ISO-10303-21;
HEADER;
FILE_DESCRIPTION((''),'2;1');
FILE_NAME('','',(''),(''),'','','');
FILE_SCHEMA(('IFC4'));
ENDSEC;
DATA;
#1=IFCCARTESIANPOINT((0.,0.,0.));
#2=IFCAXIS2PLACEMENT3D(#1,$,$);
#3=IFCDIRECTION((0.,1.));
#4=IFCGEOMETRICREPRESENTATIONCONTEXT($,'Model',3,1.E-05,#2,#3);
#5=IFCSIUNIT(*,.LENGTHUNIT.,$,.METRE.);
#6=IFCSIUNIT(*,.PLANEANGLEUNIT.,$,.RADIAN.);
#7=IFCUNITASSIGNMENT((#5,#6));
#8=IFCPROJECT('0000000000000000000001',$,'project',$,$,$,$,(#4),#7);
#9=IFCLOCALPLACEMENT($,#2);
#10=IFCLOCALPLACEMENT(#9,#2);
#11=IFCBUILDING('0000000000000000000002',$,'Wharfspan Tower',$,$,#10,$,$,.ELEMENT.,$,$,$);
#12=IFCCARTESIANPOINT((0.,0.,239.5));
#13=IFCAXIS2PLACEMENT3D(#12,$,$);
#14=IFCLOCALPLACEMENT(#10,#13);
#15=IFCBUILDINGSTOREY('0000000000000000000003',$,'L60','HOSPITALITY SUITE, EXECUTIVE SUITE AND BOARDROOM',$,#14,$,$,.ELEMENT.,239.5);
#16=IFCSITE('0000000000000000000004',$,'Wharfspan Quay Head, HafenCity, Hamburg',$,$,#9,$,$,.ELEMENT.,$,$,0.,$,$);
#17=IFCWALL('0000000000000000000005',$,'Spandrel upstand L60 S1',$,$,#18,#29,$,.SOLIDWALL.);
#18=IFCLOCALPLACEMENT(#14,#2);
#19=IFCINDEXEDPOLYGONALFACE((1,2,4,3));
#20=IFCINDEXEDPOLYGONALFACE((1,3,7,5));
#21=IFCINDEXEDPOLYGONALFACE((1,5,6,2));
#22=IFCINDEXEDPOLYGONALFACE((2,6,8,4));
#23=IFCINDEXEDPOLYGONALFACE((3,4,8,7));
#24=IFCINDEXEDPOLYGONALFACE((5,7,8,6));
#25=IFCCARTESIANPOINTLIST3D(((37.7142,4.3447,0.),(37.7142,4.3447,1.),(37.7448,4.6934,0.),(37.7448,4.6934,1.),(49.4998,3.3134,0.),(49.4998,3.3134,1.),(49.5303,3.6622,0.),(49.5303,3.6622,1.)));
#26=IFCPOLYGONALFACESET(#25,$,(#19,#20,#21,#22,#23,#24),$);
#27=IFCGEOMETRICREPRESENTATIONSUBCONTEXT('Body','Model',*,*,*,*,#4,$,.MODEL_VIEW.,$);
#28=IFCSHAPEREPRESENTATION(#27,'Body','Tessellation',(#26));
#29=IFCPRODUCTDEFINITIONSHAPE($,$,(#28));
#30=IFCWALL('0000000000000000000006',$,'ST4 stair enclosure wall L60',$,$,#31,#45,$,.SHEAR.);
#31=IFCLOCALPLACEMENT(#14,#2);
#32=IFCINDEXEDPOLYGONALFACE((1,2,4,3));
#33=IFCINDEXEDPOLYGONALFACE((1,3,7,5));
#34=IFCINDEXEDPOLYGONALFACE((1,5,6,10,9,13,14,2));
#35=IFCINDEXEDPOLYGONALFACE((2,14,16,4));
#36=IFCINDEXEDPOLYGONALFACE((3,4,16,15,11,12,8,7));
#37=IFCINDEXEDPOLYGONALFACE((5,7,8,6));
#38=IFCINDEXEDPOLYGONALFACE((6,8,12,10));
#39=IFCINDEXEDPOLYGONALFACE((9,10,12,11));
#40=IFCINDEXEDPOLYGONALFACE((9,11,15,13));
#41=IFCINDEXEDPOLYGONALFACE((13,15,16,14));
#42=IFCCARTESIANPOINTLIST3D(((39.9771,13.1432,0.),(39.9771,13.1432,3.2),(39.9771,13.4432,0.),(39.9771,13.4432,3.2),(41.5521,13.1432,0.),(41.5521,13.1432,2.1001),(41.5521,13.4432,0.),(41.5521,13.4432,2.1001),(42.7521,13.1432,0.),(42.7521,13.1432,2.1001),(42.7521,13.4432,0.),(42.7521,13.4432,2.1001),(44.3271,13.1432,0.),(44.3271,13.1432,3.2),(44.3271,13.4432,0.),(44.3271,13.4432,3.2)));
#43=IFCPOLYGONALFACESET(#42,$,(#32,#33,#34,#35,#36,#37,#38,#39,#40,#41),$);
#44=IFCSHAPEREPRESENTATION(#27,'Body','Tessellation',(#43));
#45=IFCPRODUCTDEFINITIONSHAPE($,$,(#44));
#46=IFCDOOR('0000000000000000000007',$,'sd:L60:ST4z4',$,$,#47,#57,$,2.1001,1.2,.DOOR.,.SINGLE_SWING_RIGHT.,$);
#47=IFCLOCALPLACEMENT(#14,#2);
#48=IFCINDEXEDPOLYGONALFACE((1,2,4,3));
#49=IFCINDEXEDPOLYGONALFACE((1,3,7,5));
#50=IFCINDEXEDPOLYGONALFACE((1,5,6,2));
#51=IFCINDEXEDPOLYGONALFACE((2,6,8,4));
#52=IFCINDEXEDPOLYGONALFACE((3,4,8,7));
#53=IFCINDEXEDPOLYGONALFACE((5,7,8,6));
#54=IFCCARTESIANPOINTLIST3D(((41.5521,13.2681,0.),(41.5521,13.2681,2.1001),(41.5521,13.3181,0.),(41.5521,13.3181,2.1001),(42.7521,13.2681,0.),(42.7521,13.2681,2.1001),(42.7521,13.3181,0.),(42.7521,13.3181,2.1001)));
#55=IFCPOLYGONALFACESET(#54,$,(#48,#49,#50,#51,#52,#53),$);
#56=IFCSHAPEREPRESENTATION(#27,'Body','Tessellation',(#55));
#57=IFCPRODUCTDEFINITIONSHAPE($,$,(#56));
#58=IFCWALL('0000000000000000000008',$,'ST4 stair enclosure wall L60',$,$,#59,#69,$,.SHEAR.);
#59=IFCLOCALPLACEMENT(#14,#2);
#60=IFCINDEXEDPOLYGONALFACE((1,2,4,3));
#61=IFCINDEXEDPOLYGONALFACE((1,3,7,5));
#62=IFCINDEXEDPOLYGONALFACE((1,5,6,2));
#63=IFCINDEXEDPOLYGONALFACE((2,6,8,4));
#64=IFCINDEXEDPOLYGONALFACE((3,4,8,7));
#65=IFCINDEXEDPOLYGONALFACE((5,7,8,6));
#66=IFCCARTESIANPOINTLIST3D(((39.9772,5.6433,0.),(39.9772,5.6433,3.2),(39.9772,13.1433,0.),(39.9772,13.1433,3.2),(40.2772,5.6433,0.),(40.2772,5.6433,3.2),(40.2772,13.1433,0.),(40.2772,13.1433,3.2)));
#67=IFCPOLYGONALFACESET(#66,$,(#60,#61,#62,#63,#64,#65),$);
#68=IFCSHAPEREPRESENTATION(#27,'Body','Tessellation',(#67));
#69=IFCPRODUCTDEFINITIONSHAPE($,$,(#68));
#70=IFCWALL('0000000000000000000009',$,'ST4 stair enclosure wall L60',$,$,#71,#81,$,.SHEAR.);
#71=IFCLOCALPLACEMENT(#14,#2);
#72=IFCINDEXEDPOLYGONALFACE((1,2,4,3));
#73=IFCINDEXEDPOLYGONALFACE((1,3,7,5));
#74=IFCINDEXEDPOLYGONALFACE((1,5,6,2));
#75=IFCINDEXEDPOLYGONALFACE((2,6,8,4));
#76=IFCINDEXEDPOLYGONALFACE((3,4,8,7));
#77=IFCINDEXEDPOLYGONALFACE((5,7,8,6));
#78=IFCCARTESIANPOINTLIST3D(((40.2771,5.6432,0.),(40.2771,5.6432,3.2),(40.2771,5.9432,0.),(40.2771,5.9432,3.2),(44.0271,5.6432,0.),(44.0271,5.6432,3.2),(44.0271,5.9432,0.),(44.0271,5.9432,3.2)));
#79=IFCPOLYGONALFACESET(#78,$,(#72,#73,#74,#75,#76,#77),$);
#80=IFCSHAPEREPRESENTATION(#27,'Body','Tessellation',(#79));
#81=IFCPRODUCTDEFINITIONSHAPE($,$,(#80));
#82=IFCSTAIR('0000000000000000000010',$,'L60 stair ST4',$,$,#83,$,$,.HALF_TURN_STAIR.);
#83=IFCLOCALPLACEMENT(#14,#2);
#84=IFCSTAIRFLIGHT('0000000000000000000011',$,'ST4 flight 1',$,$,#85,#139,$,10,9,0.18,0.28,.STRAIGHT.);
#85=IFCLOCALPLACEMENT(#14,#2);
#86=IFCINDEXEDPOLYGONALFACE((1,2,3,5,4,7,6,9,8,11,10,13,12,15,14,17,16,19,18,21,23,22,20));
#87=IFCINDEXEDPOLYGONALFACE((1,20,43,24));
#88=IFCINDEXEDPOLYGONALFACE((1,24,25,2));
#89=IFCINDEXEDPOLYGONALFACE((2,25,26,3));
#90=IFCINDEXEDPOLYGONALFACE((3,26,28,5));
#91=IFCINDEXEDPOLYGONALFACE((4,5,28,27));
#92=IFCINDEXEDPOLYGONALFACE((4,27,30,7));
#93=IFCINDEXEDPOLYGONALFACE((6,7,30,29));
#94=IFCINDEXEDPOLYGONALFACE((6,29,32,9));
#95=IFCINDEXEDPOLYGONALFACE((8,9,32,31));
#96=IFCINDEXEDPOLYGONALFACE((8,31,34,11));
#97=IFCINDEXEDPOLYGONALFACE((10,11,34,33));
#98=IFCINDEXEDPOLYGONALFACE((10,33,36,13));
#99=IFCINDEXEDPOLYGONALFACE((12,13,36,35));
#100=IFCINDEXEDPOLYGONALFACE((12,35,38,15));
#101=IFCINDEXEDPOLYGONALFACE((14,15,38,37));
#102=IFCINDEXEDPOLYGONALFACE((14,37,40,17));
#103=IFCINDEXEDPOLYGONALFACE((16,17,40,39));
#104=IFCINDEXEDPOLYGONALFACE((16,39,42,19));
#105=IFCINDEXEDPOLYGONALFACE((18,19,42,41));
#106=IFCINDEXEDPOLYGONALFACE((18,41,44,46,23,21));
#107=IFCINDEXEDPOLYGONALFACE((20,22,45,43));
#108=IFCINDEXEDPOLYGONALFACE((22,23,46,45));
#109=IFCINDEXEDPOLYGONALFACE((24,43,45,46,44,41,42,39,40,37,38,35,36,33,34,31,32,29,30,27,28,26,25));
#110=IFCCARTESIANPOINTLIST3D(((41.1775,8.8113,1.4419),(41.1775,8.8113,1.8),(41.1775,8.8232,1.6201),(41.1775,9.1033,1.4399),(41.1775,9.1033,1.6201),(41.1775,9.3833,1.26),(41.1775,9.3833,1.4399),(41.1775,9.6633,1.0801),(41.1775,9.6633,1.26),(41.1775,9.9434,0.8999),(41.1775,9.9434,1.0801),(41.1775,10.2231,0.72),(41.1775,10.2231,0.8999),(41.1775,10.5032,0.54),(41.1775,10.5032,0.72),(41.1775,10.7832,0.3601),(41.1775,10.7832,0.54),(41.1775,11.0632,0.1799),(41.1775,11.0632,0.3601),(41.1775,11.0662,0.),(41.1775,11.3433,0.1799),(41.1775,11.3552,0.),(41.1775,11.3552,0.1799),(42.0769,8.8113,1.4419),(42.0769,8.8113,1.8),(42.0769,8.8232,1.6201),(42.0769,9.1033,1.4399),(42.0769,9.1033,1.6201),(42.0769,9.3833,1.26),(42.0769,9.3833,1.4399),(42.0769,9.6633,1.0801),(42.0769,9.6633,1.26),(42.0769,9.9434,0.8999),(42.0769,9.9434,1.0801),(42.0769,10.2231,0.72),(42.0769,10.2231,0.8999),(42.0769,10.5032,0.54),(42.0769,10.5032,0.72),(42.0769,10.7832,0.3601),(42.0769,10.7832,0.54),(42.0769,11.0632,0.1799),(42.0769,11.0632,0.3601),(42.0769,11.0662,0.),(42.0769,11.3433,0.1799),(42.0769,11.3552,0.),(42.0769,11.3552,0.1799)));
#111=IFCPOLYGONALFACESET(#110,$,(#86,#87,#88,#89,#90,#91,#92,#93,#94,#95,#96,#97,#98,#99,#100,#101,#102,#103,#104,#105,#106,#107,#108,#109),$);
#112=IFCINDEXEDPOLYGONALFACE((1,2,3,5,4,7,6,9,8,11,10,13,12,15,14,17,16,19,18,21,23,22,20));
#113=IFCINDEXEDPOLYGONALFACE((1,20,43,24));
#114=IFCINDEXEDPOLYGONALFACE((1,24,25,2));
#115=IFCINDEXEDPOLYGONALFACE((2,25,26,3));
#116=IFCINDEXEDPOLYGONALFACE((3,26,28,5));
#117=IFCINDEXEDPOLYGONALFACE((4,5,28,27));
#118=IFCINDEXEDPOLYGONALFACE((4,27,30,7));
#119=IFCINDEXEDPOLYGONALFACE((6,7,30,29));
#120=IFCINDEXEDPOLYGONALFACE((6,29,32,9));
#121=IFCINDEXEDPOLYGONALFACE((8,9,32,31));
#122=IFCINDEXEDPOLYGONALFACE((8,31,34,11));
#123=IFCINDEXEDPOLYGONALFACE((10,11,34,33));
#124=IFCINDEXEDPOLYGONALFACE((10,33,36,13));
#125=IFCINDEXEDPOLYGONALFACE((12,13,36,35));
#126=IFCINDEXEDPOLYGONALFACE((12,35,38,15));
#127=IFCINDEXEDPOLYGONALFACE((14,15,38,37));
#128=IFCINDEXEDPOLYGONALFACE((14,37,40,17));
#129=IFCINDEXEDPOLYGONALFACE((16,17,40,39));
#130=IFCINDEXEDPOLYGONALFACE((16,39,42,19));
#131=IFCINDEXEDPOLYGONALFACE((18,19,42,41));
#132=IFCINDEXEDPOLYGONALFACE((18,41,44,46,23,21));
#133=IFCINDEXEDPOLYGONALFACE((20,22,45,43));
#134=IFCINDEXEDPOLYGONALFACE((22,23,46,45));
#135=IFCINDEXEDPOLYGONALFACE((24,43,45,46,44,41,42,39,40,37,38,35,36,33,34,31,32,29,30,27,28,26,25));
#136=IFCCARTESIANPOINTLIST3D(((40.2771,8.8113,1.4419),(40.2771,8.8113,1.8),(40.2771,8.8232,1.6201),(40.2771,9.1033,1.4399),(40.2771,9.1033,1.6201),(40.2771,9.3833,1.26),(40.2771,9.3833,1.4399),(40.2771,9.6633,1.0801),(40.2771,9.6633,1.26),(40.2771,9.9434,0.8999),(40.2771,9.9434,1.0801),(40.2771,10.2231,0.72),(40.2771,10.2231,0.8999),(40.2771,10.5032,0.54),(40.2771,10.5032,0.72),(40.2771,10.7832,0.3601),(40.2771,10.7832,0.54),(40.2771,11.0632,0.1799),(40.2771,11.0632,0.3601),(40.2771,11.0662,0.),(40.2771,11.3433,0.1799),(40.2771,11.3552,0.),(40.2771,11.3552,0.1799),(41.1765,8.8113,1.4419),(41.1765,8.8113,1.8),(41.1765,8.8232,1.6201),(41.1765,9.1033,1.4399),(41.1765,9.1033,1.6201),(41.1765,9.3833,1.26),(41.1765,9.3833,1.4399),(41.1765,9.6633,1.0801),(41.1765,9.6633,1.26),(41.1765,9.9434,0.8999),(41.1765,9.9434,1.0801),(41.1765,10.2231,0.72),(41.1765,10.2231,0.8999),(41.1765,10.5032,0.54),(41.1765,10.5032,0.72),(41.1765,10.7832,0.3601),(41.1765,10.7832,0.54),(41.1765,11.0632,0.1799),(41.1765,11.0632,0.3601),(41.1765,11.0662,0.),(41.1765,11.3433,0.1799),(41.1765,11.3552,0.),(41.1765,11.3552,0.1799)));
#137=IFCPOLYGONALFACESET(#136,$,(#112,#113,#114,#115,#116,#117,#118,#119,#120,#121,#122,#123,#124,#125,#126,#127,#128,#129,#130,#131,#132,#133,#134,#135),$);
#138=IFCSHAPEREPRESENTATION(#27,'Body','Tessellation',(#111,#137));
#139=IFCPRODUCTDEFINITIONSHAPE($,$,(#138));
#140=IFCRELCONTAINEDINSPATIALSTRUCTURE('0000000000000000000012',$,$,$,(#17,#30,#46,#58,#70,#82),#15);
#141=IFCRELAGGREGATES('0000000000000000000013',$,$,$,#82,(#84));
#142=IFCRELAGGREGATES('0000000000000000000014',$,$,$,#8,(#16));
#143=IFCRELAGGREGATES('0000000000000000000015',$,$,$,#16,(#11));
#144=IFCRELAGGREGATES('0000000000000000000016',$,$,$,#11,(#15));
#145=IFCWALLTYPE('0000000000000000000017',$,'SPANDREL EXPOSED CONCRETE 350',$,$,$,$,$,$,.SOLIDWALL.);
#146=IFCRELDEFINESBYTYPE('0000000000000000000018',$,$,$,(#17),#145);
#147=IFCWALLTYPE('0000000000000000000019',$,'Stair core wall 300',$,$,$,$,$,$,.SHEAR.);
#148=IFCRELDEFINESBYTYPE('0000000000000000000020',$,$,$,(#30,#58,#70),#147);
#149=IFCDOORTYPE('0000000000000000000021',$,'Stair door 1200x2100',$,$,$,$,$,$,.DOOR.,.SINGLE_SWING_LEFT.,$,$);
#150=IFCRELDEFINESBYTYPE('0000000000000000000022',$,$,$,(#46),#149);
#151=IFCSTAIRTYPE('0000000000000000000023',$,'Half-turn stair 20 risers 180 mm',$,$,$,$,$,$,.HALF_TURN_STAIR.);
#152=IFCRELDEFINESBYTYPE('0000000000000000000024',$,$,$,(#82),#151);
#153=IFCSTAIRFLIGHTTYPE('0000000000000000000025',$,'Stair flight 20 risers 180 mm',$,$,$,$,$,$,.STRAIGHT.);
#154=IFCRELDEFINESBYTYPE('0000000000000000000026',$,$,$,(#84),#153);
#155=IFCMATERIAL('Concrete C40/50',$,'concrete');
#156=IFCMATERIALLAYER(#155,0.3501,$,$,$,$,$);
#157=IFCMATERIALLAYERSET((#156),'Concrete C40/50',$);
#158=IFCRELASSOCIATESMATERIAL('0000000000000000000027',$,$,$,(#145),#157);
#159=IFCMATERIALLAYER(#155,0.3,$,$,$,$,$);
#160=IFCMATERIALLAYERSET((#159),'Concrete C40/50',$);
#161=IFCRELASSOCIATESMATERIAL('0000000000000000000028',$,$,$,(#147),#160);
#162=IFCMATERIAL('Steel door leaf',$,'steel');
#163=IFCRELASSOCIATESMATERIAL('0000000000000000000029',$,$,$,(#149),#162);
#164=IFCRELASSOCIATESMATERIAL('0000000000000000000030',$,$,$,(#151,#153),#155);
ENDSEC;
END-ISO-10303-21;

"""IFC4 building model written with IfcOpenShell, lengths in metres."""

from ifc_helpers import new_model, si_unit, direction, frame, frame_2d, origin, place, context, subcontext, project, spatial, polyline, rectangle, outline, extrude, material, layer, layer_set, type_object, element, fill, aggregate, save


model = new_model("IFC4")

# Units and contexts
model_context = context("Model", 3, precision=1e-05, world=origin(), true_north=direction((0.0, 1.0)))
body_context = subcontext(model_context, "Body", "Model", "MODEL_VIEW")
ifc_project = project(units=[si_unit("LENGTHUNIT", "METRE"), si_unit("PLANEANGLEUNIT", "RADIAN")], contexts=[model_context])

# Site, building, storey
site_placement = place(None, origin())
site = spatial("IfcSite", under=ifc_project, at=site_placement, Name="Wharfspan Quay Head, HafenCity, Hamburg", CompositionType="ELEMENT", RefElevation=0.0)
building_placement = place(site_placement, origin())
building = spatial("IfcBuilding", under=site, at=building_placement, Name="Wharfspan Tower", CompositionType="ELEMENT")
storey_placement = place(building_placement, frame((0.0, 0.0, 239.5)))
storey = spatial("IfcBuildingStorey", under=building, at=storey_placement, Name="L60", Description="HOSPITALITY SUITE, EXECUTIVE SUITE AND BOARDROOM", CompositionType="ELEMENT", Elevation=239.5)

# Wall
ifc_material_1 = material(Name="Concrete C40/50", Category="concrete")
ifc_layer_1 = layer(ifc_material_1, 0.3501)
ifc_layer_set_1 = layer_set([ifc_layer_1], Name="Concrete C40/50")
wall_type_1 = type_object("IfcWallType", Name="SPANDREL EXPOSED CONCRETE 350", PredefinedType="SOLIDWALL", material=ifc_layer_set_1)
wall_1_placement = place(storey_placement, frame((37.7295, 4.519, 0.0), z_axis=(0.0, 0.0, 1.0), x_axis=(0.99619, -0.087167, 0.0)))
element("IfcWall", 1, at=wall_1_placement, inside=storey, type_object=wall_type_1, Name="Spandrel upstand L60 S1", PredefinedType="SOLIDWALL", context=body_context, shape_type="SweptSolid", body=[
    extrude(rectangle(XDim=11.8306, YDim=0.3501, at=frame_2d((5.9153, 0.0))), origin(), (0.0, 0.0, 1.0), 1.0),
])

# Wall, opening, door
ifc_layer_2 = layer(ifc_material_1, 0.3)
ifc_layer_set_2 = layer_set([ifc_layer_2], Name="Concrete C40/50")
wall_type_2 = type_object("IfcWallType", Name="Stair core wall 300", PredefinedType="SHEAR", material=ifc_layer_set_2)
wall_2_placement = place(storey_placement, frame((39.9771, 13.2932, 0.0), z_axis=(0.0, 0.0, 1.0), x_axis=(1.0, 0.0, 0.0)))
wall_2 = element("IfcWall", 2, at=wall_2_placement, inside=storey, type_object=wall_type_2, Name="ST4 stair enclosure wall L60", PredefinedType="SHEAR", context=body_context, shape_type="SweptSolid", body=[
    extrude(rectangle(XDim=4.3501, YDim=0.3, at=frame_2d((2.175, 0.0))), origin(), (0.0, 0.0, 1.0), 3.2),
])
opening_1_placement = place(wall_2_placement, frame((1.575, 0.0, 0.0)))
opening_1 = element("IfcOpeningElement", 3, at=opening_1_placement, cuts=wall_2, PredefinedType="OPENING", context=body_context, shape_type="SweptSolid", body=[
    extrude(rectangle(XDim=1.2, YDim=2.1001, at=frame_2d((0.6001, 1.05))), frame((0.0, 0.1599, 0.0), z_axis=(0.0, -1.0, 0.0), x_axis=(1.0, 0.0, 0.0)), (0.0, 0.0, 1.0), 0.3201),
])
ifc_material_2 = material(Name="Steel door leaf", Category="steel")
door_type_1 = type_object("IfcDoorType", Name="Stair door 1200x2100", OperationType="SINGLE_SWING_LEFT", PredefinedType="DOOR", material=ifc_material_2)
door_1_placement = place(opening_1_placement, origin())
door_1 = element("IfcDoor", 4, at=door_1_placement, inside=storey, type_object=door_type_1, Name="sd:L60:ST4z4", OperationType="SINGLE_SWING_RIGHT", OverallHeight=2.1001, OverallWidth=1.2, PredefinedType="DOOR", context=body_context, shape_type="SweptSolid", body=[
    extrude(rectangle(XDim=1.2, YDim=2.1001, at=frame_2d((0.6001, 1.05))), frame((0.0, 0.0249, 0.0), z_axis=(0.0, -1.0, 0.0), x_axis=(1.0, 0.0, 0.0)), (0.0, 0.0, 1.0), 0.05),
])
fill(opening_1, door_1)

# Walls
wall_3_placement = place(storey_placement, frame((40.1272, 5.6433, 0.0), z_axis=(0.0, 0.0, 1.0), x_axis=(0.0, 1.0, 0.0)))
element("IfcWall", 5, at=wall_3_placement, inside=storey, type_object=wall_type_2, Name="ST4 stair enclosure wall L60", PredefinedType="SHEAR", context=body_context, shape_type="SweptSolid", body=[
    extrude(rectangle(XDim=7.5, YDim=0.3, at=frame_2d((3.75, 0.0))), origin(), (0.0, 0.0, 1.0), 3.2),
])
wall_4_placement = place(storey_placement, frame((40.2771, 5.7932, 0.0), z_axis=(0.0, 0.0, 1.0), x_axis=(1.0, 0.0, 0.0)))
element("IfcWall", 6, at=wall_4_placement, inside=storey, type_object=wall_type_2, Name="ST4 stair enclosure wall L60", PredefinedType="SHEAR", context=body_context, shape_type="SweptSolid", body=[
    extrude(rectangle(XDim=3.75, YDim=0.3, at=frame_2d((1.875, 0.0))), origin(), (0.0, 0.0, 1.0), 3.2),
])

# Stair, stair flight
stair_type = type_object("IfcStairType", Name="Half-turn stair 20 risers 180 mm", PredefinedType="HALF_TURN_STAIR", material=ifc_material_1)
stair_placement = place(storey_placement, origin())
stair = element("IfcStair", 7, at=stair_placement, inside=storey, type_object=stair_type, Name="L60 stair ST4", PredefinedType="HALF_TURN_STAIR")
stair_flight_type = type_object("IfcStairFlightType", Name="Stair flight 20 risers 180 mm", PredefinedType="STRAIGHT", material=ifc_material_1)
stair_flight_placement = place(storey_placement, frame((41.177, 11.3433, 0.0), z_axis=(0.0, 0.0, 1.0), x_axis=(0.0, -1.0, 0.0)))
stair_flight = element("IfcStairFlight", 8, at=stair_flight_placement, type_object=stair_flight_type, Name="ST4 flight 1", NumberOfRisers=10, NumberOfTreads=9, PredefinedType="STRAIGHT", RiserHeight=0.18, TreadLength=0.28, context=body_context, shape_type="SweptSolid", body=[
    extrude(outline(polyline([(-0.012, 0.0), (-0.012, 0.1799), (0.0, 0.1799), (0.28, 0.1799), (0.28, 0.3601), (0.5601, 0.3601), (0.5601, 0.54), (0.8401, 0.54), (0.8401, 0.72), (1.1201, 0.72), (1.1201, 0.8999), (1.3999, 0.8999), (1.3999, 1.0801), (1.6799, 1.0801), (1.6799, 1.26), (1.96, 1.26), (1.96, 1.4399), (2.24, 1.4399), (2.24, 1.6201), (2.52, 1.6201), (2.532, 1.8), (2.532, 1.4419), (0.2771, 0.0), (-0.012, 0.0)])), frame((0.0, 0.8999, 0.0), z_axis=(0.0, -1.0, 0.0), x_axis=(1.0, 0.0, 0.0)), (0.0, 0.0, 1.0), 0.8994),
    extrude(outline(polyline([(-0.012, 0.0), (-0.012, 0.1799), (0.0, 0.1799), (0.28, 0.1799), (0.28, 0.3601), (0.5601, 0.3601), (0.5601, 0.54), (0.8401, 0.54), (0.8401, 0.72), (1.1201, 0.72), (1.1201, 0.8999), (1.3999, 0.8999), (1.3999, 1.0801), (1.6799, 1.0801), (1.6799, 1.26), (1.96, 1.26), (1.96, 1.4399), (2.24, 1.4399), (2.24, 1.6201), (2.52, 1.6201), (2.532, 1.8), (2.532, 1.4419), (0.2771, 0.0), (-0.012, 0.0)])), frame((0.0, -0.0005, 0.0), z_axis=(0.0, -1.0, 0.0), x_axis=(1.0, 0.0, 0.0)), (0.0, 0.0, 1.0), 0.8994),
])
aggregate(stair, [stair_flight])

save(model, "model.ifc")
